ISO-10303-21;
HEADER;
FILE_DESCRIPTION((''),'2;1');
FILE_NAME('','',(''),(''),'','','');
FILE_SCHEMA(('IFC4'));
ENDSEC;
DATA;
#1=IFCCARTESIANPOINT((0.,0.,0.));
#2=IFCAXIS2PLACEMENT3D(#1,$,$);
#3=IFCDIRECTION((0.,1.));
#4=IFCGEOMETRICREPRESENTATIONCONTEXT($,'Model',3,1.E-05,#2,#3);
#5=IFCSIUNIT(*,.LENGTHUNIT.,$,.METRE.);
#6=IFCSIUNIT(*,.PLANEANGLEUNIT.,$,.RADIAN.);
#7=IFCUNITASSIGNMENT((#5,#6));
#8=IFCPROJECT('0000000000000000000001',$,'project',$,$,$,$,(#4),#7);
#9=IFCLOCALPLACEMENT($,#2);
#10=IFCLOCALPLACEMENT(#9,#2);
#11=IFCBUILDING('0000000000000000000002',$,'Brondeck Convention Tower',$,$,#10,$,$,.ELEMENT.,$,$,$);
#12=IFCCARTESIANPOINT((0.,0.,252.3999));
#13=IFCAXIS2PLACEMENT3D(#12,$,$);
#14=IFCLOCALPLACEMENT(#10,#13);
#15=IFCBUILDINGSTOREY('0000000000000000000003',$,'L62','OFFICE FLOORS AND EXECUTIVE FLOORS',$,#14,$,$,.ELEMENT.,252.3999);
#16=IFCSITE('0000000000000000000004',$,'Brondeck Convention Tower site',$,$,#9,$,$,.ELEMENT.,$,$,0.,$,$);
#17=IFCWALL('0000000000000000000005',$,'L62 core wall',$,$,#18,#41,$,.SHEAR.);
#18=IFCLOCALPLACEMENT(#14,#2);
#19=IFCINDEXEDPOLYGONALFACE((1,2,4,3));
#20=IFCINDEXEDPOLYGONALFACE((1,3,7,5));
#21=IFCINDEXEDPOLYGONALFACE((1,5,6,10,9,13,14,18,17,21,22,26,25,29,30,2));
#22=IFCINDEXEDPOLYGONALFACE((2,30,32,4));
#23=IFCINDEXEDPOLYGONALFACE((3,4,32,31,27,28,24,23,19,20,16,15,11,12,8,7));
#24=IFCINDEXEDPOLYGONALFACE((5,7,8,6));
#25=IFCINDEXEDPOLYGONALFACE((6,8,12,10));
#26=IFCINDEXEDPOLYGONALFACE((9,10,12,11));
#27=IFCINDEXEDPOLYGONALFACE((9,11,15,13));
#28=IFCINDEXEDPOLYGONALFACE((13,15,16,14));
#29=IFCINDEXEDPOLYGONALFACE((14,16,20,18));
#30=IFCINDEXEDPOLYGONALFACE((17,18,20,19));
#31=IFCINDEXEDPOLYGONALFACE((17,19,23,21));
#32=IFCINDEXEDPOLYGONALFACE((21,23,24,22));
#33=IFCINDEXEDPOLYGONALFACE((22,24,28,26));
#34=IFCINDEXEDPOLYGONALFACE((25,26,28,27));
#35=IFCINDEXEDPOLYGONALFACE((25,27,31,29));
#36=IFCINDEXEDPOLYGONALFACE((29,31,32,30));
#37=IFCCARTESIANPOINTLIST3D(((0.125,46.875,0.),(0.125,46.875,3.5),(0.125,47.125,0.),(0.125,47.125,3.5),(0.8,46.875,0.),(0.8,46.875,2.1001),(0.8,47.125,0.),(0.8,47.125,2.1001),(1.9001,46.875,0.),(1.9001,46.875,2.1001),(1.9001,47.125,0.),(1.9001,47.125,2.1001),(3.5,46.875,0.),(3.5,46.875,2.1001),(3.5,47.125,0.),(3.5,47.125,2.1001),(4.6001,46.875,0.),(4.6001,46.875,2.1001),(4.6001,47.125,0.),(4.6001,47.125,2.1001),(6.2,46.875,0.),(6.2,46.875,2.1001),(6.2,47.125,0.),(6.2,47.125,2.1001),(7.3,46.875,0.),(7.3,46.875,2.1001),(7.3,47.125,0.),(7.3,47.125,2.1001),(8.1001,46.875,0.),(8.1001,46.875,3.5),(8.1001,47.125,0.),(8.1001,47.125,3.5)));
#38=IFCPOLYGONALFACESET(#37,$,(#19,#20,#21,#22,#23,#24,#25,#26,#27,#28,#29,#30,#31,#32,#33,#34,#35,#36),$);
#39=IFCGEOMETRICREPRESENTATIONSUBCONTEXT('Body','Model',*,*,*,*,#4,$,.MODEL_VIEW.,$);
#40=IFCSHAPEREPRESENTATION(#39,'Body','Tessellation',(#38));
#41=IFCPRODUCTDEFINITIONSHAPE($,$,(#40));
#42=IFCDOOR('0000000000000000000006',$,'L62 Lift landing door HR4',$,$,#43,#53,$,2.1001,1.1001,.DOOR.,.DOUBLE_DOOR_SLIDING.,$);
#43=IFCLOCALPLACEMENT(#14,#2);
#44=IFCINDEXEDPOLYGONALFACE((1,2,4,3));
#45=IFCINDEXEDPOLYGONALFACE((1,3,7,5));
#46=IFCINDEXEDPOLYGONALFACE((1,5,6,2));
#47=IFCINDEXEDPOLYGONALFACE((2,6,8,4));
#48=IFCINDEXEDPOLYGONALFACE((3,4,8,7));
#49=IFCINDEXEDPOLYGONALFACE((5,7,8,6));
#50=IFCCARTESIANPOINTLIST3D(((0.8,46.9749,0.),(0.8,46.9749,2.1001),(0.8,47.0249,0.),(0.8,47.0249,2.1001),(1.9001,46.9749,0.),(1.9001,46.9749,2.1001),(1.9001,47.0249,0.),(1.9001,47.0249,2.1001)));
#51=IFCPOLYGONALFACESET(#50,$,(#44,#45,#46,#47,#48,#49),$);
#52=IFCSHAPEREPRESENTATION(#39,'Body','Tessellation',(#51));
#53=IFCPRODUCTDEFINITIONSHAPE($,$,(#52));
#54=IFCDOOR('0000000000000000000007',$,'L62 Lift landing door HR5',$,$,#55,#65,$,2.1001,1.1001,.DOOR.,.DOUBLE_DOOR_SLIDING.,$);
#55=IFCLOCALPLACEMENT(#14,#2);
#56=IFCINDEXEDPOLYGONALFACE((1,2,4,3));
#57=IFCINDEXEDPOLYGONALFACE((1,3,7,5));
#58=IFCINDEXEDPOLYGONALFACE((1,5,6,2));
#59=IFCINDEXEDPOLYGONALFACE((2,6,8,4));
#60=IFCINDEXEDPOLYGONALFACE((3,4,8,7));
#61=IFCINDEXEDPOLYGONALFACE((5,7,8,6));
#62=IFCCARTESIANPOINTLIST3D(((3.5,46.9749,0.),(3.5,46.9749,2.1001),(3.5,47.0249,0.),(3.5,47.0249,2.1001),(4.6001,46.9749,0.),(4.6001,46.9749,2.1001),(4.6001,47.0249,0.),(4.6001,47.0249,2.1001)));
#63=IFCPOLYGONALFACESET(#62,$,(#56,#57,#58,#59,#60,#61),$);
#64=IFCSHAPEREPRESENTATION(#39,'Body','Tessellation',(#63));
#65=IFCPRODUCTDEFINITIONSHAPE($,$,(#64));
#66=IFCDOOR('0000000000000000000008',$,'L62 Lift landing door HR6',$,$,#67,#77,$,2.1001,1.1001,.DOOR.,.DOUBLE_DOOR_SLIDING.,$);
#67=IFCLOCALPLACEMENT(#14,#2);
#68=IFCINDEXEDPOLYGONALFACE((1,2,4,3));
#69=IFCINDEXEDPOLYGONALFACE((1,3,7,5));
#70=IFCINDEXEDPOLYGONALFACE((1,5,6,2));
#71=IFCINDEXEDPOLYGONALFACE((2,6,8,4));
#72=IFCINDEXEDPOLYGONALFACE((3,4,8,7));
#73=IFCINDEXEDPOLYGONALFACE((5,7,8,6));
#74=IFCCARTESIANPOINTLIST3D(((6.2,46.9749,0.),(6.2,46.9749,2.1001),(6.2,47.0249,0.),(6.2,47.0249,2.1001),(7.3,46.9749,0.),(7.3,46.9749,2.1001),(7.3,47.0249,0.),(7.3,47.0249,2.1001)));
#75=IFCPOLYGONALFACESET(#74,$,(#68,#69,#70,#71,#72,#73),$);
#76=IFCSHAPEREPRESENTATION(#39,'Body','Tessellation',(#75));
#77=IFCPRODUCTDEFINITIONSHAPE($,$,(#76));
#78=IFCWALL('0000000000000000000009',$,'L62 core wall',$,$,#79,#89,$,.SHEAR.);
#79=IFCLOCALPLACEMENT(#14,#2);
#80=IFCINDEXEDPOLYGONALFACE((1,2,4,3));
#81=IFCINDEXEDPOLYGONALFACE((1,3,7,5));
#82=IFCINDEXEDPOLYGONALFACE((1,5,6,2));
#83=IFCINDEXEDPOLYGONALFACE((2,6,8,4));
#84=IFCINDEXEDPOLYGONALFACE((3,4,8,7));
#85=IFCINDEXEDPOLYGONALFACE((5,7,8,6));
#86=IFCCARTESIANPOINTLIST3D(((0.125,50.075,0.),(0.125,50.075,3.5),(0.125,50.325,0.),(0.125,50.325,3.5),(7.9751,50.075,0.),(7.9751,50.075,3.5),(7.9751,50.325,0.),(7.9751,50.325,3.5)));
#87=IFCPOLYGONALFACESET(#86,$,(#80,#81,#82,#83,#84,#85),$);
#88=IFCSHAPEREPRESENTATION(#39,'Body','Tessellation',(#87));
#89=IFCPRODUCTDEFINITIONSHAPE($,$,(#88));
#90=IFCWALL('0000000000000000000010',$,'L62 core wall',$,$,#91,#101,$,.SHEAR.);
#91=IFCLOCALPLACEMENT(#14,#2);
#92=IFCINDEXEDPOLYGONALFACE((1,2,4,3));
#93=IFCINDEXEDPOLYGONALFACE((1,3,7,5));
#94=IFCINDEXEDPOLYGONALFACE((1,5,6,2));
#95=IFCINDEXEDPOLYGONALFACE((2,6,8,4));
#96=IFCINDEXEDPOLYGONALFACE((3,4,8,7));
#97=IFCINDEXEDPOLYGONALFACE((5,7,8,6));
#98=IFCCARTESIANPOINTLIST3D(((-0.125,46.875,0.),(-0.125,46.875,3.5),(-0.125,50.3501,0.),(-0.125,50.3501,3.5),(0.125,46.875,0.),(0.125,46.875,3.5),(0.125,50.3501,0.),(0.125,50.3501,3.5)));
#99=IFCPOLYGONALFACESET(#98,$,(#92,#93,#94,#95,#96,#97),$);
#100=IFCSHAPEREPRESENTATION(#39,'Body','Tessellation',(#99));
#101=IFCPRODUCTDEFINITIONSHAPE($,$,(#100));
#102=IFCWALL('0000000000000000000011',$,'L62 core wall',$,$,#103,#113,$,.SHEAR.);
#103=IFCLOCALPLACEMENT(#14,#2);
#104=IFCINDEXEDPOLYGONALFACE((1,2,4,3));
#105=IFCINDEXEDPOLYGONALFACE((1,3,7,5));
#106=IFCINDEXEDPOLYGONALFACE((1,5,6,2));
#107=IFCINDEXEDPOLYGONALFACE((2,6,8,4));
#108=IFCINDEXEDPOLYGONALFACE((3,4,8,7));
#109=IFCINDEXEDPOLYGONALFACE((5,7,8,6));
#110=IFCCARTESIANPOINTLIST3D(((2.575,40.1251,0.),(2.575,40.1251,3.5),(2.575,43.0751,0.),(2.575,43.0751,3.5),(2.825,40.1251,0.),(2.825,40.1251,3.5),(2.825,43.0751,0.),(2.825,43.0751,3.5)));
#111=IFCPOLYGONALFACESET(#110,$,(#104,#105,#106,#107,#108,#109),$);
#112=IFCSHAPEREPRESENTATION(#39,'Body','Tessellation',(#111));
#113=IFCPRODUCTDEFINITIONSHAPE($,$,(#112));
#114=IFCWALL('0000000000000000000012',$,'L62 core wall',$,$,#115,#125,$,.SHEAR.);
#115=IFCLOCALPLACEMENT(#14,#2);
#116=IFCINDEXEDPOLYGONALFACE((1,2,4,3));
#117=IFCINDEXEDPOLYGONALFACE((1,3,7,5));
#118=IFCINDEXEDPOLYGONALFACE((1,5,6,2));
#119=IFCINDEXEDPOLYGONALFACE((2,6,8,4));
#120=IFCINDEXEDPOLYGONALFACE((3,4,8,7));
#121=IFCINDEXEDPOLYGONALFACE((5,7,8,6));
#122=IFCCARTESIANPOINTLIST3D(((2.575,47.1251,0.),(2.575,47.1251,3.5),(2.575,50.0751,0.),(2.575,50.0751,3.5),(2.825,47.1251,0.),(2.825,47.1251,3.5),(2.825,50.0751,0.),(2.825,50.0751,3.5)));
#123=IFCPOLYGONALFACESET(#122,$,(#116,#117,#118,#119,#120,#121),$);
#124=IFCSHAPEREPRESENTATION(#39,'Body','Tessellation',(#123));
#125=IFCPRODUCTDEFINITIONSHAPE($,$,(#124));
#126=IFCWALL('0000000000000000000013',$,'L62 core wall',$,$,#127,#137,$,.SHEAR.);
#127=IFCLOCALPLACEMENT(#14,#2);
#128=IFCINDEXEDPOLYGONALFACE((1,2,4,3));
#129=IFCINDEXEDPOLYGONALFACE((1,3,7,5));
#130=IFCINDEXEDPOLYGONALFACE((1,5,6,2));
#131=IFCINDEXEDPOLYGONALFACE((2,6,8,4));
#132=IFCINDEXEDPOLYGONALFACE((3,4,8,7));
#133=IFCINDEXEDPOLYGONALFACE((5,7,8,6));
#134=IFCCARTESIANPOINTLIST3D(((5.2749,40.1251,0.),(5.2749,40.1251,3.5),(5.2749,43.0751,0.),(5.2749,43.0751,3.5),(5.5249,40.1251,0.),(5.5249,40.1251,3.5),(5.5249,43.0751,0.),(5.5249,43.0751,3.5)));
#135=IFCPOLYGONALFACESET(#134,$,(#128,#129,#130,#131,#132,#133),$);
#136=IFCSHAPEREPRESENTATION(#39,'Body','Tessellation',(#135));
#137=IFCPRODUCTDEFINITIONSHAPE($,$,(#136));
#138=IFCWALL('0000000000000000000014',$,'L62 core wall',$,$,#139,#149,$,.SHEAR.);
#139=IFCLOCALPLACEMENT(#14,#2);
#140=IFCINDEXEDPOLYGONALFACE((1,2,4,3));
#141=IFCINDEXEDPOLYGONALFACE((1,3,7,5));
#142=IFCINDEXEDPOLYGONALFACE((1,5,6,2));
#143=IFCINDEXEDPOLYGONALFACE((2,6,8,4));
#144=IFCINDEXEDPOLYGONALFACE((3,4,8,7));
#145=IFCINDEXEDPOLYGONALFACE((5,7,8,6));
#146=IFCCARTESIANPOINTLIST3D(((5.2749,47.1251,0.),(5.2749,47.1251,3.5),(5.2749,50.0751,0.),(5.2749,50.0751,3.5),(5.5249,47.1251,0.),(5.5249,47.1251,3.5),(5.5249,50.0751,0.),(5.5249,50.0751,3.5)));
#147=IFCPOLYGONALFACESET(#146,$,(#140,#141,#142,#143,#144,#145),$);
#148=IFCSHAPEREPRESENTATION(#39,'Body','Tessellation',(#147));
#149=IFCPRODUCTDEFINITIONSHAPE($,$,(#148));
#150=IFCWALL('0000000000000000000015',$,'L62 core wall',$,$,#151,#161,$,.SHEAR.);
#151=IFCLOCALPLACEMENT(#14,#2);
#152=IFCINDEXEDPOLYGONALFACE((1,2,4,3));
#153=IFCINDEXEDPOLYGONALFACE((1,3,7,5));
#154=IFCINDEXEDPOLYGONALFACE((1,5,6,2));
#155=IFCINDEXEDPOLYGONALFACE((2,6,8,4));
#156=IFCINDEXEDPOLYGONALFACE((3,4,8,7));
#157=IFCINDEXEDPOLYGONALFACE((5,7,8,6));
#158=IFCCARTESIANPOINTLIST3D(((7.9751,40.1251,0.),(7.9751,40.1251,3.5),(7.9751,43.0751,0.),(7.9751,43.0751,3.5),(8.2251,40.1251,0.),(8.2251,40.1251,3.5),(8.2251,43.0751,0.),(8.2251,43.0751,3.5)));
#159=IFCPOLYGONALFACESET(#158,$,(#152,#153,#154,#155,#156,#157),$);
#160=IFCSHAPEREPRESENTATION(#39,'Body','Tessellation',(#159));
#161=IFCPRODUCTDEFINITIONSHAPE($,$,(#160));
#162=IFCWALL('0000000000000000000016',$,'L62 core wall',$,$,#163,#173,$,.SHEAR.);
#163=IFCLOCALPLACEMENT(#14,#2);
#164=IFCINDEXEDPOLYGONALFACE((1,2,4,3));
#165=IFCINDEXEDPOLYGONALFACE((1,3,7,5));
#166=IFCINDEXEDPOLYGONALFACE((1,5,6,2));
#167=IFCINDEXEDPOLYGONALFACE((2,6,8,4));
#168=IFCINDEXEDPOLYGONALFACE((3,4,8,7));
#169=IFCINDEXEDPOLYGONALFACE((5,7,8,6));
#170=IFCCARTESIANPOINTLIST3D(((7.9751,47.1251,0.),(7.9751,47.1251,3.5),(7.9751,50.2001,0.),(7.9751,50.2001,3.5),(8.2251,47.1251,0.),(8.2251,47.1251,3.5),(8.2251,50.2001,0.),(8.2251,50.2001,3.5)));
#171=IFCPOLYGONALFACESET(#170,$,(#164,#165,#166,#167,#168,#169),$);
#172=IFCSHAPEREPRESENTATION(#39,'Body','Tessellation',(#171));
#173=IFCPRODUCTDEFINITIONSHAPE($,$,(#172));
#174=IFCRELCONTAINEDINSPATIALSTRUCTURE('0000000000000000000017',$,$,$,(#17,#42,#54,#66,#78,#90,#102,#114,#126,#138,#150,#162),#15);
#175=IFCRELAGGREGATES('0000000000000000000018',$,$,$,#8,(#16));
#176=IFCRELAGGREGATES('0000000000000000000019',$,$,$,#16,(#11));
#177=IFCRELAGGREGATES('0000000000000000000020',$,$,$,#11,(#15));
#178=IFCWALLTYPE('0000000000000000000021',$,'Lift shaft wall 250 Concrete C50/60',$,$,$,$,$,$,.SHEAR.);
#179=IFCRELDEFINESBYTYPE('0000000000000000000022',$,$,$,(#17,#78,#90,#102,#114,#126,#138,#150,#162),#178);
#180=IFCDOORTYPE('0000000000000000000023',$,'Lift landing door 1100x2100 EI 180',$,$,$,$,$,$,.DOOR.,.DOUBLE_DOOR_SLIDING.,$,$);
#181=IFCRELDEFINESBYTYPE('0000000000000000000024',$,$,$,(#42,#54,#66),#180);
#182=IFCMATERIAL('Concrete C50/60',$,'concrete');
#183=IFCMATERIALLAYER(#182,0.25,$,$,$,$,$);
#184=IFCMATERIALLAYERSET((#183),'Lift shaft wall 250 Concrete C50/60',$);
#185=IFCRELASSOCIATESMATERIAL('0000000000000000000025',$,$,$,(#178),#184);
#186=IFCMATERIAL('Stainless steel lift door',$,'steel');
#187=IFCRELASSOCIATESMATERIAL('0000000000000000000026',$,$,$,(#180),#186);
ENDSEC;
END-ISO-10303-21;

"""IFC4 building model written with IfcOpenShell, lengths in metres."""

from ifc_helpers import new_model, si_unit, direction, frame, frame_2d, origin, place, context, subcontext, project, spatial, rectangle, extrude, material, layer, layer_set, type_object, element, fill, save


model = new_model("IFC4")

# Units and contexts
model_context = context("Model", 3, precision=1e-05, world=origin(), true_north=direction((0.0, 1.0)))
body_context = subcontext(model_context, "Body", "Model", "MODEL_VIEW")
ifc_project = project(units=[si_unit("LENGTHUNIT", "METRE"), si_unit("PLANEANGLEUNIT", "RADIAN")], contexts=[model_context])

# Site, building, storey
site_placement = place(None, origin())
site = spatial("IfcSite", under=ifc_project, at=site_placement, Name="Brondeck Convention Tower site", CompositionType="ELEMENT", RefElevation=0.0)
building_placement = place(site_placement, origin())
building = spatial("IfcBuilding", under=site, at=building_placement, Name="Brondeck Convention Tower", CompositionType="ELEMENT")
storey_placement = place(building_placement, frame((0.0, 0.0, 252.3999)))
storey = spatial("IfcBuildingStorey", under=building, at=storey_placement, Name="L62", Description="OFFICE FLOORS AND EXECUTIVE FLOORS", CompositionType="ELEMENT", Elevation=252.3999)

# Shared definitions
ifc_material_1 = material(Name="Concrete C50/60", Category="concrete")

# Wall, openings, doors
ifc_layer_1 = layer(ifc_material_1, 0.25)
ifc_layer_set_1 = layer_set([ifc_layer_1], Name="Lift shaft wall 250 Concrete C50/60")
wall_type_1 = type_object("IfcWallType", Name="Lift shaft wall 250 Concrete C50/60", PredefinedType="SHEAR", material=ifc_layer_set_1)
ifc_material_2 = material(Name="Stainless steel lift door", Category="steel")
door_type_1 = type_object("IfcDoorType", Name="Lift landing door 1100x2100 EI 180", OperationType="DOUBLE_DOOR_SLIDING", PredefinedType="DOOR", material=ifc_material_2)
wall_1_placement = place(storey_placement, frame((0.125, 47.0, 0.0), z_axis=(0.0, 0.0, 1.0), x_axis=(1.0, 0.0, 0.0)))
wall_1 = element("IfcWall", 1, at=wall_1_placement, inside=storey, type_object=wall_type_1, Name="L62 core wall", PredefinedType="SHEAR", context=body_context, shape_type="SweptSolid", body=[
    extrude(rectangle(XDim=7.9751, YDim=0.25, at=frame_2d((3.9875, 0.0))), origin(), (0.0, 0.0, 1.0), 3.5),
])
opening_1_placement = place(wall_1_placement, frame((0.675, 0.0, 0.0)))
opening_1 = element("IfcOpeningElement", 2, at=opening_1_placement, cuts=wall_1, PredefinedType="OPENING", context=body_context, shape_type="SweptSolid", body=[
    extrude(rectangle(XDim=1.1001, YDim=2.1001, at=frame_2d((0.55, 1.05))), frame((0.0, 0.135, 0.0), z_axis=(0.0, -1.0, 0.0), x_axis=(1.0, 0.0, 0.0)), (0.0, 0.0, 1.0), 0.27),
])
opening_2_placement = place(wall_1_placement, frame((3.375, 0.0, 0.0)))
opening_2 = element("IfcOpeningElement", 3, at=opening_2_placement, cuts=wall_1, PredefinedType="OPENING", context=body_context, shape_type="SweptSolid", body=[
    extrude(rectangle(XDim=1.1001, YDim=2.1001, at=frame_2d((0.55, 1.05))), frame((0.0, 0.135, 0.0), z_axis=(0.0, -1.0, 0.0), x_axis=(1.0, 0.0, 0.0)), (0.0, 0.0, 1.0), 0.27),
])
opening_3_placement = place(wall_1_placement, frame((6.075, 0.0, 0.0)))
opening_3 = element("IfcOpeningElement", 4, at=opening_3_placement, cuts=wall_1, PredefinedType="OPENING", context=body_context, shape_type="SweptSolid", body=[
    extrude(rectangle(XDim=1.1001, YDim=2.1001, at=frame_2d((0.55, 1.05))), frame((0.0, 0.135, 0.0), z_axis=(0.0, -1.0, 0.0), x_axis=(1.0, 0.0, 0.0)), (0.0, 0.0, 1.0), 0.27),
])
door_1_placement = place(opening_1_placement, origin())
door_1 = element("IfcDoor", 5, at=door_1_placement, inside=storey, type_object=door_type_1, Name="L62 Lift landing door HR4", OperationType="DOUBLE_DOOR_SLIDING", OverallHeight=2.1001, OverallWidth=1.1001, PredefinedType="DOOR", context=body_context, shape_type="SweptSolid", body=[
    extrude(rectangle(XDim=1.1001, YDim=2.1001, at=frame_2d((0.55, 1.05))), frame((0.0, 0.0249, 0.0), z_axis=(0.0, -1.0, 0.0), x_axis=(1.0, 0.0, 0.0)), (0.0, 0.0, 1.0), 0.05),
])
fill(opening_1, door_1)
door_2_placement = place(opening_2_placement, origin())
door_2 = element("IfcDoor", 6, at=door_2_placement, inside=storey, type_object=door_type_1, Name="L62 Lift landing door HR5", OperationType="DOUBLE_DOOR_SLIDING", OverallHeight=2.1001, OverallWidth=1.1001, PredefinedType="DOOR", context=body_context, shape_type="SweptSolid", body=[
    extrude(rectangle(XDim=1.1001, YDim=2.1001, at=frame_2d((0.55, 1.05))), frame((0.0, 0.0249, 0.0), z_axis=(0.0, -1.0, 0.0), x_axis=(1.0, 0.0, 0.0)), (0.0, 0.0, 1.0), 0.05),
])
fill(opening_2, door_2)
door_3_placement = place(opening_3_placement, origin())
door_3 = element("IfcDoor", 7, at=door_3_placement, inside=storey, type_object=door_type_1, Name="L62 Lift landing door HR6", OperationType="DOUBLE_DOOR_SLIDING", OverallHeight=2.1001, OverallWidth=1.1001, PredefinedType="DOOR", context=body_context, shape_type="SweptSolid", body=[
    extrude(rectangle(XDim=1.1001, YDim=2.1001, at=frame_2d((0.55, 1.05))), frame((0.0, 0.0249, 0.0), z_axis=(0.0, -1.0, 0.0), x_axis=(1.0, 0.0, 0.0)), (0.0, 0.0, 1.0), 0.05),
])
fill(opening_3, door_3)

# Walls
wall_2_placement = place(storey_placement, frame((0.125, 50.2, 0.0), z_axis=(0.0, 0.0, 1.0), x_axis=(1.0, 0.0, 0.0)))
element("IfcWall", 8, at=wall_2_placement, inside=storey, type_object=wall_type_1, Name="L62 core wall", PredefinedType="SHEAR", context=body_context, shape_type="SweptSolid", body=[
    extrude(rectangle(XDim=7.8501, YDim=0.25, at=frame_2d((3.925, 0.0))), origin(), (0.0, 0.0, 1.0), 3.5),
])
wall_3_placement = place(storey_placement, frame((0.0, 46.875, 0.0), z_axis=(0.0, 0.0, 1.0), x_axis=(0.0, 1.0, 0.0)))
element("IfcWall", 9, at=wall_3_placement, inside=storey, type_object=wall_type_1, Name="L62 core wall", PredefinedType="SHEAR", context=body_context, shape_type="SweptSolid", body=[
    extrude(rectangle(XDim=3.4751, YDim=0.25, at=frame_2d((1.7375, 0.0))), origin(), (0.0, 0.0, 1.0), 3.5),
])
for number, where, z_axis, x_axis, name in (
    (10, (2.7, 40.125, 0.0), (0.0, 0.0, 1.0), (0.0, 1.0, 0.0), "L62 core wall"),
    (11, (2.7, 47.125, 0.0), (0.0, 0.0, 1.0), (0.0, 1.0, 0.0), "L62 core wall"),
    (12, (5.3999, 40.125, 0.0), (0.0, 0.0, 1.0), (0.0, 1.0, 0.0), "L62 core wall"),
    (13, (5.3999, 47.125, 0.0), (0.0, 0.0, 1.0), (0.0, 1.0, 0.0), "L62 core wall"),
    (14, (8.1001, 40.125, 0.0), (0.0, 0.0, 1.0), (0.0, 1.0, 0.0), "L62 core wall"),
):
    element("IfcWall", number, at=place(storey_placement, frame(where, z_axis=z_axis, x_axis=x_axis)), inside=storey, type_object=wall_type_1, Name=name, PredefinedType="SHEAR", context=body_context, shape_type="SweptSolid", body=[
        extrude(rectangle(XDim=2.95, YDim=0.25, at=frame_2d((1.4751, 0.0))), origin(), (0.0, 0.0, 1.0), 3.5),
    ])
wall_4_placement = place(storey_placement, frame((8.1001, 47.125, 0.0), z_axis=(0.0, 0.0, 1.0), x_axis=(0.0, 1.0, 0.0)))
element("IfcWall", 15, at=wall_4_placement, inside=storey, type_object=wall_type_1, Name="L62 core wall", PredefinedType="SHEAR", context=body_context, shape_type="SweptSolid", body=[
    extrude(rectangle(XDim=3.075, YDim=0.25, at=frame_2d((1.5376, 0.0))), origin(), (0.0, 0.0, 1.0), 3.5),
])

save(model, "model.ifc")
